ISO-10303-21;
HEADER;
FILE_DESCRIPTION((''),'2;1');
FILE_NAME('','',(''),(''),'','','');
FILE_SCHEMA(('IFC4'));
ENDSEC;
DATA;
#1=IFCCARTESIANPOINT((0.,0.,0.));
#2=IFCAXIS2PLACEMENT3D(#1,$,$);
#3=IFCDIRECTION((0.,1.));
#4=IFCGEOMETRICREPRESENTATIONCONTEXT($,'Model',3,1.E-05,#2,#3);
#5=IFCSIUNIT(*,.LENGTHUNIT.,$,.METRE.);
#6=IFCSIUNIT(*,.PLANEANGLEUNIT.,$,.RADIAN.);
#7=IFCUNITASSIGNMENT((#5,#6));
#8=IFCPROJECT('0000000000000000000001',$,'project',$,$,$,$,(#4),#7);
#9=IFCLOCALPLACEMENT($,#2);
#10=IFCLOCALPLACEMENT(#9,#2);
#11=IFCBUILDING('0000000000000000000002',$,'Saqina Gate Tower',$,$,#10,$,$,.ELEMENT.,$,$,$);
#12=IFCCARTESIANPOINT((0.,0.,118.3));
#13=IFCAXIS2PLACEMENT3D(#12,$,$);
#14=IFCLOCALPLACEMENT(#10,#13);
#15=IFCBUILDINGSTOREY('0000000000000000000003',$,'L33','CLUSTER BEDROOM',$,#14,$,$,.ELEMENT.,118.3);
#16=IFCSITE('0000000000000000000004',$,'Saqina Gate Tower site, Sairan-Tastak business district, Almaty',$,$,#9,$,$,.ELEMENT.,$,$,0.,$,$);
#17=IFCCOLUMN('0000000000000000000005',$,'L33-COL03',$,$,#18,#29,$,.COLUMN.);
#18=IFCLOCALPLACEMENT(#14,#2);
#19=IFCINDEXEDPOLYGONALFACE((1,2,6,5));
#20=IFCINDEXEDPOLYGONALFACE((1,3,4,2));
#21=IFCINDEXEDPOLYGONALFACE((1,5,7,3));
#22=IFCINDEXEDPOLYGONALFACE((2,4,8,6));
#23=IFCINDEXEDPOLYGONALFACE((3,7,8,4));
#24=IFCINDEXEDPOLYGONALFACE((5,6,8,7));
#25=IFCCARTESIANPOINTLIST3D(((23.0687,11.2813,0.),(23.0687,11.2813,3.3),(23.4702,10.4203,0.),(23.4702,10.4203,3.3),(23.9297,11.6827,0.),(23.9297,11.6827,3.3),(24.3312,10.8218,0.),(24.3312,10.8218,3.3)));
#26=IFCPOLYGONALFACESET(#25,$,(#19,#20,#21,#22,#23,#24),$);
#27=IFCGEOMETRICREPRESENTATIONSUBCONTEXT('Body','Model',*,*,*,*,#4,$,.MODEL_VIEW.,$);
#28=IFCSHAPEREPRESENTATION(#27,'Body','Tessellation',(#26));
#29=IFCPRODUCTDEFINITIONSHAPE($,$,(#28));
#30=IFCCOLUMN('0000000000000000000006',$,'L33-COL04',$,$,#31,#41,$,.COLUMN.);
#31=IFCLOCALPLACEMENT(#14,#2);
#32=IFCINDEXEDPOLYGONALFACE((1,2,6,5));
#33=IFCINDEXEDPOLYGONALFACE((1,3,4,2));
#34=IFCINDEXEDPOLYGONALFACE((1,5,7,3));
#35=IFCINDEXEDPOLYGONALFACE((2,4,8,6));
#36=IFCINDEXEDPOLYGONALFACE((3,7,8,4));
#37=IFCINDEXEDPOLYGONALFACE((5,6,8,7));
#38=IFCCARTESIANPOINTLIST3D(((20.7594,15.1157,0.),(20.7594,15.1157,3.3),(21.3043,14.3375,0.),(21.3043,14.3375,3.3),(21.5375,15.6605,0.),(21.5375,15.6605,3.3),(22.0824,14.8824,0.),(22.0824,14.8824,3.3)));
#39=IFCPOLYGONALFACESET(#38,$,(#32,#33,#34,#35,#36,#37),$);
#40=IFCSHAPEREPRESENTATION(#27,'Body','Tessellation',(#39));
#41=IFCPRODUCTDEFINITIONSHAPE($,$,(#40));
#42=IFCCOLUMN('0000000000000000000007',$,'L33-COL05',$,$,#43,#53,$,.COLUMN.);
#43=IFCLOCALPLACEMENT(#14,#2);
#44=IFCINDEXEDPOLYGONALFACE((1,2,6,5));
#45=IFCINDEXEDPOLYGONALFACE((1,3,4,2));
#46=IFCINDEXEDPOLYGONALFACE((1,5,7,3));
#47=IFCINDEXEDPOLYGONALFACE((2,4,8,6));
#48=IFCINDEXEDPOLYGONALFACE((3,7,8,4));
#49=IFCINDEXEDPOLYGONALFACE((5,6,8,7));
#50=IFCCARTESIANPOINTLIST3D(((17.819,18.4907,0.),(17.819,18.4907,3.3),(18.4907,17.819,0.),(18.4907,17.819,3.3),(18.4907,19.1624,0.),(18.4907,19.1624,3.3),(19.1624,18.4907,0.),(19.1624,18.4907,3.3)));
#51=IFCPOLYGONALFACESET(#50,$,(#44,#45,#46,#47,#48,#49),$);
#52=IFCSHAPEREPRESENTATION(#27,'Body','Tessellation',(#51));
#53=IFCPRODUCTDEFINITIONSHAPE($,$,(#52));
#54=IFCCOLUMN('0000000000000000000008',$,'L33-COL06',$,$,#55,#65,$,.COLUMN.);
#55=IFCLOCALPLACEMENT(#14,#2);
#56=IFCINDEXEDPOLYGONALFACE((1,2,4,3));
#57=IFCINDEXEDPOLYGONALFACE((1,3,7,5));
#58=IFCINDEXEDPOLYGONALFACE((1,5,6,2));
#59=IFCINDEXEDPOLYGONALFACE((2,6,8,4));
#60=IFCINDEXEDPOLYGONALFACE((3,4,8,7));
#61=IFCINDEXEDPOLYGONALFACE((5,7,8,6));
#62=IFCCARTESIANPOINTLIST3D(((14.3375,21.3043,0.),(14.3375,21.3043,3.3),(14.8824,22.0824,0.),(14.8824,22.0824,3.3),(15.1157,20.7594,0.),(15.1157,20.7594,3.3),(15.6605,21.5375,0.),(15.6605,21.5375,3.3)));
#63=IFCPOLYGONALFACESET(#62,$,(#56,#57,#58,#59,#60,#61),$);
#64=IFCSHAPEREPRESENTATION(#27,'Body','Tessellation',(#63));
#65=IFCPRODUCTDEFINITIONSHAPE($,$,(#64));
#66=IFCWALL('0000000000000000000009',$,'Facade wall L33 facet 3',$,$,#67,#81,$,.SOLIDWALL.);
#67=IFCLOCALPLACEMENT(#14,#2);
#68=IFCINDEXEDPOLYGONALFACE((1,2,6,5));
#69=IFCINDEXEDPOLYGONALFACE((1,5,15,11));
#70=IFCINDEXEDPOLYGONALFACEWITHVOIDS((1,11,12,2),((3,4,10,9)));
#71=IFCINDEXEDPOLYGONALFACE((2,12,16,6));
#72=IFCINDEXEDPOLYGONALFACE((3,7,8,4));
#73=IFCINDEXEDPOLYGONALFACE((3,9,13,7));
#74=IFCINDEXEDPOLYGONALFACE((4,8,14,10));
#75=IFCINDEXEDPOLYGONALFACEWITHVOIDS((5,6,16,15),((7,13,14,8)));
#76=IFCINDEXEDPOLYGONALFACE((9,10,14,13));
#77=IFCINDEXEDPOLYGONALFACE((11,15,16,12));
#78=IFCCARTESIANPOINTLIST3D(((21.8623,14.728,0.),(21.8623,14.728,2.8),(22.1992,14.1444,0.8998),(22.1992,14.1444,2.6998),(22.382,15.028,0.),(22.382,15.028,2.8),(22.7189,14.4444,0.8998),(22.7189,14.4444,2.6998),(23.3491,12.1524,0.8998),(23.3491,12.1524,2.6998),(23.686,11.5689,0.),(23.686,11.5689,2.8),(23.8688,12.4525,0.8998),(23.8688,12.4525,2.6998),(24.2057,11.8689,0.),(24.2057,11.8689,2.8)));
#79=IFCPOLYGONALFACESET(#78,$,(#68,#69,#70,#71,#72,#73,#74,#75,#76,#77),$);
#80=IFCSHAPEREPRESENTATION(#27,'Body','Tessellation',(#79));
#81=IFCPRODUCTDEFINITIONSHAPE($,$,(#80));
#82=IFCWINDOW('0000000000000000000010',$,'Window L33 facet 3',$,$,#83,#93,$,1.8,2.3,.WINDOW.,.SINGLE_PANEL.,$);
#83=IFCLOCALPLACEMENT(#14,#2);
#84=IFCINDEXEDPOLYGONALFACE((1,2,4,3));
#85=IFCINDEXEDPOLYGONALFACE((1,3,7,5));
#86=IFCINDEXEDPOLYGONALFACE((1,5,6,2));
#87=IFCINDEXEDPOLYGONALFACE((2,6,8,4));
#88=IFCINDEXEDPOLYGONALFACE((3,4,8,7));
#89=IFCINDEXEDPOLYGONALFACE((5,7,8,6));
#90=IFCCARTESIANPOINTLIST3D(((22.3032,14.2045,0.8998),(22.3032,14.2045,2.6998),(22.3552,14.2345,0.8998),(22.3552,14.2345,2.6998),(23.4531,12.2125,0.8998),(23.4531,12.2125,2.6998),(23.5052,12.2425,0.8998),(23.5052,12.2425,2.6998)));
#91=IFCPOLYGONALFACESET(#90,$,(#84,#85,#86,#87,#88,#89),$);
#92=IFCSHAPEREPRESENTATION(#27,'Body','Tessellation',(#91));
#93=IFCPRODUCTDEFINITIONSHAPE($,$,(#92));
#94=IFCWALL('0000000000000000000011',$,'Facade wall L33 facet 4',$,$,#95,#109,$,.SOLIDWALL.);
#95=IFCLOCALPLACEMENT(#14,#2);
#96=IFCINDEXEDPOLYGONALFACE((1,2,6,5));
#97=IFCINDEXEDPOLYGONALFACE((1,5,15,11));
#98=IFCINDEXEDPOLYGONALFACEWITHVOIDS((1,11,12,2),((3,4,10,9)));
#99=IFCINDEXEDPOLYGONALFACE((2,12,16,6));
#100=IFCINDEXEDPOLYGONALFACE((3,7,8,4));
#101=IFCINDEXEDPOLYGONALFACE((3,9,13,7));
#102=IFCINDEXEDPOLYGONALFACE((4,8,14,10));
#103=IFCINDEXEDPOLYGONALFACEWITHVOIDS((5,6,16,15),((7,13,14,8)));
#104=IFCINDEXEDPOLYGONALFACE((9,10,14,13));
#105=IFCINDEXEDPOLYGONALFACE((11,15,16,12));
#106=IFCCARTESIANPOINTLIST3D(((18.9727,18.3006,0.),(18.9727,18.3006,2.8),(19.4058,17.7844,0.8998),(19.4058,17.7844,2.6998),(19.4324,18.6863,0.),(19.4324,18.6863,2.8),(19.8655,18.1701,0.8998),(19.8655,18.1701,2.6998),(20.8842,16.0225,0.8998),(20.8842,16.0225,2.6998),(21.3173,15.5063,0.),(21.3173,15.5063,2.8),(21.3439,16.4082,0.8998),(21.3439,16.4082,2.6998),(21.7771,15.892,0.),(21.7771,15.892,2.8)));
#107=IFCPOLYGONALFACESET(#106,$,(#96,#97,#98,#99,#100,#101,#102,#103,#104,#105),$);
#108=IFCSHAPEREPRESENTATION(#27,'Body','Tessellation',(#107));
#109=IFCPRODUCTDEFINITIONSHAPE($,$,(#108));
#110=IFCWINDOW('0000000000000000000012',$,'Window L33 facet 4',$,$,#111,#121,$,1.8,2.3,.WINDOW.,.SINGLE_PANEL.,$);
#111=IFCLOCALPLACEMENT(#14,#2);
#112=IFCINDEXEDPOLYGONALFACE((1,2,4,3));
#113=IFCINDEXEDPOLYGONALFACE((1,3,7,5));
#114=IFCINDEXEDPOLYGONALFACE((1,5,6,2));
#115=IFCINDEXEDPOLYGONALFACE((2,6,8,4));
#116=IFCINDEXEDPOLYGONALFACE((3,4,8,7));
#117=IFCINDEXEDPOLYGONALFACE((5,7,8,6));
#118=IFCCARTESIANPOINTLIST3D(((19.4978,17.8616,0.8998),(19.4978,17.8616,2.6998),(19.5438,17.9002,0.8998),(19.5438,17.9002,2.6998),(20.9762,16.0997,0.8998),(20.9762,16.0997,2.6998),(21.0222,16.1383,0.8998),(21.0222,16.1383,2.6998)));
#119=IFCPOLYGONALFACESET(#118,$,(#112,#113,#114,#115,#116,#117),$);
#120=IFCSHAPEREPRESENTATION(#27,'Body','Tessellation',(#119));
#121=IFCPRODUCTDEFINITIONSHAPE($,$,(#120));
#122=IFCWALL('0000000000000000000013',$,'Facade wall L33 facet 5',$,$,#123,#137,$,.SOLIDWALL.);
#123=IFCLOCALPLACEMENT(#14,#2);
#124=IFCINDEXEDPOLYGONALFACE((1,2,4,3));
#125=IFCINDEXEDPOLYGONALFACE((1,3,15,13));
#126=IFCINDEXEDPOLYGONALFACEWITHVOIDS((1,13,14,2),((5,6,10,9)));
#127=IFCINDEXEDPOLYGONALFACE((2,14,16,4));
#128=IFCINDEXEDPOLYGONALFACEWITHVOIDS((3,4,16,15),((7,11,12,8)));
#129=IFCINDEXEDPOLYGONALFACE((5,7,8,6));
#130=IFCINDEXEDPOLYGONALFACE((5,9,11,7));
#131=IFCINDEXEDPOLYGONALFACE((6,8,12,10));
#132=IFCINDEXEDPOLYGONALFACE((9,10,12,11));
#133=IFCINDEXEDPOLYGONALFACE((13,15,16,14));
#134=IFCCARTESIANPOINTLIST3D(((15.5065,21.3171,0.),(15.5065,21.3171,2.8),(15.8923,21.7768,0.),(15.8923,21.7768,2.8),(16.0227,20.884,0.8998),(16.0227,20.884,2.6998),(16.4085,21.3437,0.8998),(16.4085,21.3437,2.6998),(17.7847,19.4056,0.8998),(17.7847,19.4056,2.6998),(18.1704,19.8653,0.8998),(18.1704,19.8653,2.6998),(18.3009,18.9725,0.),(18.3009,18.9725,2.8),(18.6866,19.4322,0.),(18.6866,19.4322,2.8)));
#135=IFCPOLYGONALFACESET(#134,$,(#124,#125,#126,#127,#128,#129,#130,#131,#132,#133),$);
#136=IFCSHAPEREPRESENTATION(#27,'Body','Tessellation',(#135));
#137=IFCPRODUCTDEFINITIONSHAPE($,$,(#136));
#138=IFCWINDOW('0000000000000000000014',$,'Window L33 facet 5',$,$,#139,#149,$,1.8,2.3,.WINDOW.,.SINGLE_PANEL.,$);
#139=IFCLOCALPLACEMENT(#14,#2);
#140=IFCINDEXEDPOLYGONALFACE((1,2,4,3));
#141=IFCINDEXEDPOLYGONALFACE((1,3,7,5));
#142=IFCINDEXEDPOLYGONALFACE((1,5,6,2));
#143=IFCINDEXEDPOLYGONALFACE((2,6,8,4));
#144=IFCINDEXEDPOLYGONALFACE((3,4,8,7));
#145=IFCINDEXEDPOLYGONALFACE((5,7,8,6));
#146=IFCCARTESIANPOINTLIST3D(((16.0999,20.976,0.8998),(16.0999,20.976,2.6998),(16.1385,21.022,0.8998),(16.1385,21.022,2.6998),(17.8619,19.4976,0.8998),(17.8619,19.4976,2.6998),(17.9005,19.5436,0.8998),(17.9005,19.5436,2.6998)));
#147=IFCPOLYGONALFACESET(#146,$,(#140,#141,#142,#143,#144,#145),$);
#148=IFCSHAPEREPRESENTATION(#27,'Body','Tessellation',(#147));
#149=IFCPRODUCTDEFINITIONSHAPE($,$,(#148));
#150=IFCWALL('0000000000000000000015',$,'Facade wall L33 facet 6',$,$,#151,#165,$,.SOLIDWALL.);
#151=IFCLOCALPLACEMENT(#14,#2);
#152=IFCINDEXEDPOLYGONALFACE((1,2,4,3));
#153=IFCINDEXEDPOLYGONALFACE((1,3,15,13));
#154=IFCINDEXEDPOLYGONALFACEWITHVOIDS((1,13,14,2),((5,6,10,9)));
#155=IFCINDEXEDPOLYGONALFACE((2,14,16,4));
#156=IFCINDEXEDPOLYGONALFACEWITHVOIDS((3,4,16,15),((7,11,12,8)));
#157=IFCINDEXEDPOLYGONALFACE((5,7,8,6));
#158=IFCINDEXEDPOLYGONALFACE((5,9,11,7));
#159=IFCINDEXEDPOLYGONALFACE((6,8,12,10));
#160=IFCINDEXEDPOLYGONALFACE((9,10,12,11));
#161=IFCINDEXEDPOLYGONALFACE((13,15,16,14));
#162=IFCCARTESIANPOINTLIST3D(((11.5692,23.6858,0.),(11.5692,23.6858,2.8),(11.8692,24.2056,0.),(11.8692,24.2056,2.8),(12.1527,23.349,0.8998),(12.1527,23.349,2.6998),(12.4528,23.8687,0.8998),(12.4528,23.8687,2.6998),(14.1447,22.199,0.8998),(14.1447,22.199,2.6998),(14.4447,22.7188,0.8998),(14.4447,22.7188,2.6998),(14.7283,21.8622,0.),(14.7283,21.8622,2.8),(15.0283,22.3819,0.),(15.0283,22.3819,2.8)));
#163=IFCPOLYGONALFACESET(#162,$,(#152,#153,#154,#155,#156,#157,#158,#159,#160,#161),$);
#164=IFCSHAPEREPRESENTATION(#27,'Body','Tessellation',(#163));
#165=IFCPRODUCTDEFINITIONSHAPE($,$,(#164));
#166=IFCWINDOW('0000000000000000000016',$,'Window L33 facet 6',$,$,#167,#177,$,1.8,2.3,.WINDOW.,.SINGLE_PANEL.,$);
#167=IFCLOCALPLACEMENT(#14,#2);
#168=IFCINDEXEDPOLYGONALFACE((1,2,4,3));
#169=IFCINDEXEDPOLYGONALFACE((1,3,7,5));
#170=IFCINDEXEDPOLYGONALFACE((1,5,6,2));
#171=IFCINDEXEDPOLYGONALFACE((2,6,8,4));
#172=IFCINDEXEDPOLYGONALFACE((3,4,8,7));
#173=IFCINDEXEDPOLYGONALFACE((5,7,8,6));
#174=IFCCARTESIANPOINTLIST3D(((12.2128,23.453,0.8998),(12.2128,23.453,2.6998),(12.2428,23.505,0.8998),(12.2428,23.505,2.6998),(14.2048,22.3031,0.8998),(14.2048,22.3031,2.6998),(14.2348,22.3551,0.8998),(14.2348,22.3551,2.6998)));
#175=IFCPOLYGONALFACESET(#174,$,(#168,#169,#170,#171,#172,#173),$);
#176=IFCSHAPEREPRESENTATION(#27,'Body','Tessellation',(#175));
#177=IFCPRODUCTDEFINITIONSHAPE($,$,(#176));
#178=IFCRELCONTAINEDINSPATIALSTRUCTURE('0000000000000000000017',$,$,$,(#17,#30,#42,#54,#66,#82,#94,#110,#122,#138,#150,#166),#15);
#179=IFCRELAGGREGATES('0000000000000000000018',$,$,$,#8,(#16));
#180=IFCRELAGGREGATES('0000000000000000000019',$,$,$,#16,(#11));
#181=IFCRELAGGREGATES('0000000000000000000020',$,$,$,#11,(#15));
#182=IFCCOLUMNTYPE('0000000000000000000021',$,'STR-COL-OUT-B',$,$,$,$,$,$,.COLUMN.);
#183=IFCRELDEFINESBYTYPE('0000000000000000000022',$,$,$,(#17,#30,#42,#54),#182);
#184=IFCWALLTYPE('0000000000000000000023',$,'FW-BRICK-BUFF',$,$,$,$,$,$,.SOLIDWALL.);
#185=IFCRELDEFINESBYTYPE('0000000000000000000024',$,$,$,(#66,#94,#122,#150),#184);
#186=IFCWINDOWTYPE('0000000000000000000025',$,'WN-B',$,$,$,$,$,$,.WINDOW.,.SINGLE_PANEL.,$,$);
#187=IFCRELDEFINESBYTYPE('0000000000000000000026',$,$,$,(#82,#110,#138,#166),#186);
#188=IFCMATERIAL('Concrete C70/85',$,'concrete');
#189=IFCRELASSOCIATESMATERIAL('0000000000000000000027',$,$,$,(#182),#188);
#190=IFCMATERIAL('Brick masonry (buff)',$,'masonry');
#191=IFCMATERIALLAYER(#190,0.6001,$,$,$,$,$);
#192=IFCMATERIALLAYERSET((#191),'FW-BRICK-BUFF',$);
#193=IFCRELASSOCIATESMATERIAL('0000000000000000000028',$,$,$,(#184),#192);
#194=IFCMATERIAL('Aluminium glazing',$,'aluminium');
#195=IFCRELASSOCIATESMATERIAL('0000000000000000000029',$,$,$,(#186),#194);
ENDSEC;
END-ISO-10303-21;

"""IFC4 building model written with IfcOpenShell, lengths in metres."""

from ifc_helpers import new_model, si_unit, direction, frame, frame_2d, origin, origin_2d, place, context, subcontext, project, spatial, rectangle, extrude, material, layer, layer_set, material_profile, profile_set, type_object, element, fill, save


model = new_model("IFC4")

# Units and contexts
model_context = context("Model", 3, precision=1e-05, world=origin(), true_north=direction((0.0, 1.0)))
body_context = subcontext(model_context, "Body", "Model", "MODEL_VIEW")
ifc_project = project(units=[si_unit("LENGTHUNIT", "METRE"), si_unit("PLANEANGLEUNIT", "RADIAN")], contexts=[model_context])

# Site, building, storey
site_placement = place(None, origin())
site = spatial("IfcSite", under=ifc_project, at=site_placement, Name="Saqina Gate Tower site, Sairan-Tastak business district, Almaty", CompositionType="ELEMENT", RefElevation=0.0)
building_placement = place(site_placement, origin())
building = spatial("IfcBuilding", under=site, at=building_placement, Name="Saqina Gate Tower", CompositionType="ELEMENT")
storey_placement = place(building_placement, frame((0.0, 0.0, 118.3)))
storey = spatial("IfcBuildingStorey", under=building, at=storey_placement, Name="L33", Description="CLUSTER BEDROOM", CompositionType="ELEMENT", Elevation=118.3)

# Columns
ifc_material_1 = material(Name="Concrete C70/85", Category="concrete")
ifc_material_profile = material_profile(ifc_material_1, rectangle(XDim=0.95, YDim=0.95, at=origin_2d()), Name="RC 950x950")
ifc_profile_set = profile_set([ifc_material_profile], Name="Concrete C70/85")
column_type = type_object("IfcColumnType", Name="STR-COL-OUT-B", PredefinedType="COLUMN", material=ifc_profile_set)
for number, where, z_axis, x_axis, name in (
    (1, (23.7, 11.0515, 0.0), (0.0, 0.0, 1.0), (0.906308, 0.422618, 0.0), "L33-COL03"),
    (2, (21.4209, 14.999, 0.0), (0.0, 0.0, 1.0), (0.819152, 0.573576, 0.0), "L33-COL04"),
    (3, (18.4907, 18.4907, 0.0), (0.0, 0.0, 1.0), (0.707107, 0.707107, 0.0), "L33-COL05"),
    (4, (14.999, 21.4209, 0.0), (0.0, 0.0, 1.0), (0.573576, 0.819152, 0.0), "L33-COL06"),
):
    element("IfcColumn", number, at=place(storey_placement, frame(where, z_axis=z_axis, x_axis=x_axis)), inside=storey, type_object=column_type, Name=name, PredefinedType="COLUMN", context=body_context, shape_type="SweptSolid", body=[
        extrude(rectangle(XDim=0.95, YDim=0.95, at=origin_2d()), origin(), (0.0, 0.0, 1.0), 3.3),
    ])

# Walls, openings, windows
ifc_material_2 = material(Name="Brick masonry (buff)", Category="masonry")
ifc_layer_1 = layer(ifc_material_2, 0.6001)
ifc_layer_set_1 = layer_set([ifc_layer_1], Name="FW-BRICK-BUFF")
wall_type_1 = type_object("IfcWallType", Name="FW-BRICK-BUFF", PredefinedType="SOLIDWALL", material=ifc_layer_set_1)
wall_1_placement = place(storey_placement, frame((23.9458, 11.719, 0.0), z_axis=(0.0, 0.0, 1.0), x_axis=(-0.499954, 0.866052, 0.0)))
wall_1 = element("IfcWall", 5, at=wall_1_placement, inside=storey, type_object=wall_type_1, Name="Facade wall L33 facet 3", PredefinedType="SOLIDWALL", context=body_context, shape_type="SweptSolid", body=[
    extrude(rectangle(XDim=3.6477, YDim=0.6001, at=frame_2d((1.8237, 0.0))), origin(), (0.0, 0.0, 1.0), 2.8),
])
opening_1_placement = place(wall_1_placement, frame((0.6738, 0.0, 0.8999)))
opening_1 = element("IfcOpeningElement", 6, at=opening_1_placement, cuts=wall_1, PredefinedType="OPENING", context=body_context, shape_type="SweptSolid", body=[
    extrude(rectangle(XDim=2.3, YDim=1.8, at=frame_2d((1.1499, 0.8999))), frame((0.0, 0.312, 0.0), z_axis=(0.0, -1.0, 0.0), x_axis=(1.0, 0.0, 0.0)), (0.0, 0.0, 1.0), 0.624),
])
ifc_material_3 = material(Name="Aluminium glazing", Category="aluminium")
window_type = type_object("IfcWindowType", Name="WN-B", PartitioningType="SINGLE_PANEL", PredefinedType="WINDOW", material=ifc_material_3)
window_1_placement = place(opening_1_placement, origin())
window_1 = element("IfcWindow", 7, at=window_1_placement, inside=storey, type_object=window_type, Name="Window L33 facet 3", OverallHeight=1.8, OverallWidth=2.3, PartitioningType="SINGLE_PANEL", PredefinedType="WINDOW", context=body_context, shape_type="SweptSolid", body=[
    extrude(rectangle(XDim=2.3, YDim=1.8, at=frame_2d((1.1499, 0.8999))), frame((0.0, 0.1799, 0.0), z_axis=(0.0, -1.0, 0.0), x_axis=(1.0, 0.0, 0.0)), (0.0, 0.0, 1.0), 0.0601),
])
fill(opening_1, window_1)
wall_2_placement = place(storey_placement, frame((21.5471, 15.6992, 0.0), z_axis=(0.0, 0.0, 1.0), x_axis=(-0.642774, 0.766055, 0.0)))
wall_2 = element("IfcWall", 8, at=wall_2_placement, inside=storey, type_object=wall_type_1, Name="Facade wall L33 facet 4", PredefinedType="SOLIDWALL", context=body_context, shape_type="SweptSolid", body=[
    extrude(rectangle(XDim=3.6477, YDim=0.6001, at=frame_2d((1.8237, 0.0))), origin(), (0.0, 0.0, 1.0), 2.8),
])
opening_2_placement = place(wall_2_placement, frame((0.6738, 0.0, 0.8999)))
opening_2 = element("IfcOpeningElement", 9, at=opening_2_placement, cuts=wall_2, PredefinedType="OPENING", context=body_context, shape_type="SweptSolid", body=[
    extrude(rectangle(XDim=2.3, YDim=1.8, at=frame_2d((1.1499, 0.8999))), frame((0.0, 0.312, 0.0), z_axis=(0.0, -1.0, 0.0), x_axis=(1.0, 0.0, 0.0)), (0.0, 0.0, 1.0), 0.624),
])
window_2_placement = place(opening_2_placement, origin())
window_2 = element("IfcWindow", 10, at=window_2_placement, inside=storey, type_object=window_type, Name="Window L33 facet 4", OverallHeight=1.8, OverallWidth=2.3, PartitioningType="SINGLE_PANEL", PredefinedType="WINDOW", context=body_context, shape_type="SweptSolid", body=[
    extrude(rectangle(XDim=2.3, YDim=1.8, at=frame_2d((1.1499, 0.8999))), frame((0.0, 0.1799, 0.0), z_axis=(0.0, -1.0, 0.0), x_axis=(1.0, 0.0, 0.0)), (0.0, 0.0, 1.0), 0.0601),
])
fill(opening_2, window_2)
wall_3_placement = place(storey_placement, frame((18.4937, 19.2024, 0.0), z_axis=(0.0, 0.0, 1.0), x_axis=(-0.766055, 0.642774, 0.0)))
wall_3 = element("IfcWall", 11, at=wall_3_placement, inside=storey, type_object=wall_type_1, Name="Facade wall L33 facet 5", PredefinedType="SOLIDWALL", context=body_context, shape_type="SweptSolid", body=[
    extrude(rectangle(XDim=3.6477, YDim=0.6001, at=frame_2d((1.8237, 0.0))), origin(), (0.0, 0.0, 1.0), 2.8),
])
opening_3_placement = place(wall_3_placement, frame((0.6738, 0.0, 0.8999)))
opening_3 = element("IfcOpeningElement", 12, at=opening_3_placement, cuts=wall_3, PredefinedType="OPENING", context=body_context, shape_type="SweptSolid", body=[
    extrude(rectangle(XDim=2.3, YDim=1.8, at=frame_2d((1.1499, 0.8999))), frame((0.0, 0.312, 0.0), z_axis=(0.0, -1.0, 0.0), x_axis=(1.0, 0.0, 0.0)), (0.0, 0.0, 1.0), 0.624),
])
window_3_placement = place(opening_3_placement, origin())
window_3 = element("IfcWindow", 13, at=window_3_placement, inside=storey, type_object=window_type, Name="Window L33 facet 5", OverallHeight=1.8, OverallWidth=2.3, PartitioningType="SINGLE_PANEL", PredefinedType="WINDOW", context=body_context, shape_type="SweptSolid", body=[
    extrude(rectangle(XDim=2.3, YDim=1.8, at=frame_2d((1.1499, 0.8999))), frame((0.0, 0.1799, 0.0), z_axis=(0.0, -1.0, 0.0), x_axis=(1.0, 0.0, 0.0)), (0.0, 0.0, 1.0), 0.0601),
])
fill(opening_3, window_3)
wall_4_placement = place(storey_placement, frame((14.8782, 22.1221, 0.0), z_axis=(0.0, 0.0, 1.0), x_axis=(-0.866052, 0.499954, 0.0)))
wall_4 = element("IfcWall", 14, at=wall_4_placement, inside=storey, type_object=wall_type_1, Name="Facade wall L33 facet 6", PredefinedType="SOLIDWALL", context=body_context, shape_type="SweptSolid", body=[
    extrude(rectangle(XDim=3.6477, YDim=0.6001, at=frame_2d((1.8237, 0.0))), origin(), (0.0, 0.0, 1.0), 2.8),
])
opening_4_placement = place(wall_4_placement, frame((0.6738, 0.0, 0.8999)))
opening_4 = element("IfcOpeningElement", 15, at=opening_4_placement, cuts=wall_4, PredefinedType="OPENING", context=body_context, shape_type="SweptSolid", body=[
    extrude(rectangle(XDim=2.3, YDim=1.8, at=frame_2d((1.1499, 0.8999))), frame((0.0, 0.312, 0.0), z_axis=(0.0, -1.0, 0.0), x_axis=(1.0, 0.0, 0.0)), (0.0, 0.0, 1.0), 0.624),
])
window_4_placement = place(opening_4_placement, origin())
window_4 = element("IfcWindow", 16, at=window_4_placement, inside=storey, type_object=window_type, Name="Window L33 facet 6", OverallHeight=1.8, OverallWidth=2.3, PartitioningType="SINGLE_PANEL", PredefinedType="WINDOW", context=body_context, shape_type="SweptSolid", body=[
    extrude(rectangle(XDim=2.3, YDim=1.8, at=frame_2d((1.1499, 0.8999))), frame((0.0, 0.1799, 0.0), z_axis=(0.0, -1.0, 0.0), x_axis=(1.0, 0.0, 0.0)), (0.0, 0.0, 1.0), 0.0601),
])
fill(opening_4, window_4)

save(model, "model.ifc")
